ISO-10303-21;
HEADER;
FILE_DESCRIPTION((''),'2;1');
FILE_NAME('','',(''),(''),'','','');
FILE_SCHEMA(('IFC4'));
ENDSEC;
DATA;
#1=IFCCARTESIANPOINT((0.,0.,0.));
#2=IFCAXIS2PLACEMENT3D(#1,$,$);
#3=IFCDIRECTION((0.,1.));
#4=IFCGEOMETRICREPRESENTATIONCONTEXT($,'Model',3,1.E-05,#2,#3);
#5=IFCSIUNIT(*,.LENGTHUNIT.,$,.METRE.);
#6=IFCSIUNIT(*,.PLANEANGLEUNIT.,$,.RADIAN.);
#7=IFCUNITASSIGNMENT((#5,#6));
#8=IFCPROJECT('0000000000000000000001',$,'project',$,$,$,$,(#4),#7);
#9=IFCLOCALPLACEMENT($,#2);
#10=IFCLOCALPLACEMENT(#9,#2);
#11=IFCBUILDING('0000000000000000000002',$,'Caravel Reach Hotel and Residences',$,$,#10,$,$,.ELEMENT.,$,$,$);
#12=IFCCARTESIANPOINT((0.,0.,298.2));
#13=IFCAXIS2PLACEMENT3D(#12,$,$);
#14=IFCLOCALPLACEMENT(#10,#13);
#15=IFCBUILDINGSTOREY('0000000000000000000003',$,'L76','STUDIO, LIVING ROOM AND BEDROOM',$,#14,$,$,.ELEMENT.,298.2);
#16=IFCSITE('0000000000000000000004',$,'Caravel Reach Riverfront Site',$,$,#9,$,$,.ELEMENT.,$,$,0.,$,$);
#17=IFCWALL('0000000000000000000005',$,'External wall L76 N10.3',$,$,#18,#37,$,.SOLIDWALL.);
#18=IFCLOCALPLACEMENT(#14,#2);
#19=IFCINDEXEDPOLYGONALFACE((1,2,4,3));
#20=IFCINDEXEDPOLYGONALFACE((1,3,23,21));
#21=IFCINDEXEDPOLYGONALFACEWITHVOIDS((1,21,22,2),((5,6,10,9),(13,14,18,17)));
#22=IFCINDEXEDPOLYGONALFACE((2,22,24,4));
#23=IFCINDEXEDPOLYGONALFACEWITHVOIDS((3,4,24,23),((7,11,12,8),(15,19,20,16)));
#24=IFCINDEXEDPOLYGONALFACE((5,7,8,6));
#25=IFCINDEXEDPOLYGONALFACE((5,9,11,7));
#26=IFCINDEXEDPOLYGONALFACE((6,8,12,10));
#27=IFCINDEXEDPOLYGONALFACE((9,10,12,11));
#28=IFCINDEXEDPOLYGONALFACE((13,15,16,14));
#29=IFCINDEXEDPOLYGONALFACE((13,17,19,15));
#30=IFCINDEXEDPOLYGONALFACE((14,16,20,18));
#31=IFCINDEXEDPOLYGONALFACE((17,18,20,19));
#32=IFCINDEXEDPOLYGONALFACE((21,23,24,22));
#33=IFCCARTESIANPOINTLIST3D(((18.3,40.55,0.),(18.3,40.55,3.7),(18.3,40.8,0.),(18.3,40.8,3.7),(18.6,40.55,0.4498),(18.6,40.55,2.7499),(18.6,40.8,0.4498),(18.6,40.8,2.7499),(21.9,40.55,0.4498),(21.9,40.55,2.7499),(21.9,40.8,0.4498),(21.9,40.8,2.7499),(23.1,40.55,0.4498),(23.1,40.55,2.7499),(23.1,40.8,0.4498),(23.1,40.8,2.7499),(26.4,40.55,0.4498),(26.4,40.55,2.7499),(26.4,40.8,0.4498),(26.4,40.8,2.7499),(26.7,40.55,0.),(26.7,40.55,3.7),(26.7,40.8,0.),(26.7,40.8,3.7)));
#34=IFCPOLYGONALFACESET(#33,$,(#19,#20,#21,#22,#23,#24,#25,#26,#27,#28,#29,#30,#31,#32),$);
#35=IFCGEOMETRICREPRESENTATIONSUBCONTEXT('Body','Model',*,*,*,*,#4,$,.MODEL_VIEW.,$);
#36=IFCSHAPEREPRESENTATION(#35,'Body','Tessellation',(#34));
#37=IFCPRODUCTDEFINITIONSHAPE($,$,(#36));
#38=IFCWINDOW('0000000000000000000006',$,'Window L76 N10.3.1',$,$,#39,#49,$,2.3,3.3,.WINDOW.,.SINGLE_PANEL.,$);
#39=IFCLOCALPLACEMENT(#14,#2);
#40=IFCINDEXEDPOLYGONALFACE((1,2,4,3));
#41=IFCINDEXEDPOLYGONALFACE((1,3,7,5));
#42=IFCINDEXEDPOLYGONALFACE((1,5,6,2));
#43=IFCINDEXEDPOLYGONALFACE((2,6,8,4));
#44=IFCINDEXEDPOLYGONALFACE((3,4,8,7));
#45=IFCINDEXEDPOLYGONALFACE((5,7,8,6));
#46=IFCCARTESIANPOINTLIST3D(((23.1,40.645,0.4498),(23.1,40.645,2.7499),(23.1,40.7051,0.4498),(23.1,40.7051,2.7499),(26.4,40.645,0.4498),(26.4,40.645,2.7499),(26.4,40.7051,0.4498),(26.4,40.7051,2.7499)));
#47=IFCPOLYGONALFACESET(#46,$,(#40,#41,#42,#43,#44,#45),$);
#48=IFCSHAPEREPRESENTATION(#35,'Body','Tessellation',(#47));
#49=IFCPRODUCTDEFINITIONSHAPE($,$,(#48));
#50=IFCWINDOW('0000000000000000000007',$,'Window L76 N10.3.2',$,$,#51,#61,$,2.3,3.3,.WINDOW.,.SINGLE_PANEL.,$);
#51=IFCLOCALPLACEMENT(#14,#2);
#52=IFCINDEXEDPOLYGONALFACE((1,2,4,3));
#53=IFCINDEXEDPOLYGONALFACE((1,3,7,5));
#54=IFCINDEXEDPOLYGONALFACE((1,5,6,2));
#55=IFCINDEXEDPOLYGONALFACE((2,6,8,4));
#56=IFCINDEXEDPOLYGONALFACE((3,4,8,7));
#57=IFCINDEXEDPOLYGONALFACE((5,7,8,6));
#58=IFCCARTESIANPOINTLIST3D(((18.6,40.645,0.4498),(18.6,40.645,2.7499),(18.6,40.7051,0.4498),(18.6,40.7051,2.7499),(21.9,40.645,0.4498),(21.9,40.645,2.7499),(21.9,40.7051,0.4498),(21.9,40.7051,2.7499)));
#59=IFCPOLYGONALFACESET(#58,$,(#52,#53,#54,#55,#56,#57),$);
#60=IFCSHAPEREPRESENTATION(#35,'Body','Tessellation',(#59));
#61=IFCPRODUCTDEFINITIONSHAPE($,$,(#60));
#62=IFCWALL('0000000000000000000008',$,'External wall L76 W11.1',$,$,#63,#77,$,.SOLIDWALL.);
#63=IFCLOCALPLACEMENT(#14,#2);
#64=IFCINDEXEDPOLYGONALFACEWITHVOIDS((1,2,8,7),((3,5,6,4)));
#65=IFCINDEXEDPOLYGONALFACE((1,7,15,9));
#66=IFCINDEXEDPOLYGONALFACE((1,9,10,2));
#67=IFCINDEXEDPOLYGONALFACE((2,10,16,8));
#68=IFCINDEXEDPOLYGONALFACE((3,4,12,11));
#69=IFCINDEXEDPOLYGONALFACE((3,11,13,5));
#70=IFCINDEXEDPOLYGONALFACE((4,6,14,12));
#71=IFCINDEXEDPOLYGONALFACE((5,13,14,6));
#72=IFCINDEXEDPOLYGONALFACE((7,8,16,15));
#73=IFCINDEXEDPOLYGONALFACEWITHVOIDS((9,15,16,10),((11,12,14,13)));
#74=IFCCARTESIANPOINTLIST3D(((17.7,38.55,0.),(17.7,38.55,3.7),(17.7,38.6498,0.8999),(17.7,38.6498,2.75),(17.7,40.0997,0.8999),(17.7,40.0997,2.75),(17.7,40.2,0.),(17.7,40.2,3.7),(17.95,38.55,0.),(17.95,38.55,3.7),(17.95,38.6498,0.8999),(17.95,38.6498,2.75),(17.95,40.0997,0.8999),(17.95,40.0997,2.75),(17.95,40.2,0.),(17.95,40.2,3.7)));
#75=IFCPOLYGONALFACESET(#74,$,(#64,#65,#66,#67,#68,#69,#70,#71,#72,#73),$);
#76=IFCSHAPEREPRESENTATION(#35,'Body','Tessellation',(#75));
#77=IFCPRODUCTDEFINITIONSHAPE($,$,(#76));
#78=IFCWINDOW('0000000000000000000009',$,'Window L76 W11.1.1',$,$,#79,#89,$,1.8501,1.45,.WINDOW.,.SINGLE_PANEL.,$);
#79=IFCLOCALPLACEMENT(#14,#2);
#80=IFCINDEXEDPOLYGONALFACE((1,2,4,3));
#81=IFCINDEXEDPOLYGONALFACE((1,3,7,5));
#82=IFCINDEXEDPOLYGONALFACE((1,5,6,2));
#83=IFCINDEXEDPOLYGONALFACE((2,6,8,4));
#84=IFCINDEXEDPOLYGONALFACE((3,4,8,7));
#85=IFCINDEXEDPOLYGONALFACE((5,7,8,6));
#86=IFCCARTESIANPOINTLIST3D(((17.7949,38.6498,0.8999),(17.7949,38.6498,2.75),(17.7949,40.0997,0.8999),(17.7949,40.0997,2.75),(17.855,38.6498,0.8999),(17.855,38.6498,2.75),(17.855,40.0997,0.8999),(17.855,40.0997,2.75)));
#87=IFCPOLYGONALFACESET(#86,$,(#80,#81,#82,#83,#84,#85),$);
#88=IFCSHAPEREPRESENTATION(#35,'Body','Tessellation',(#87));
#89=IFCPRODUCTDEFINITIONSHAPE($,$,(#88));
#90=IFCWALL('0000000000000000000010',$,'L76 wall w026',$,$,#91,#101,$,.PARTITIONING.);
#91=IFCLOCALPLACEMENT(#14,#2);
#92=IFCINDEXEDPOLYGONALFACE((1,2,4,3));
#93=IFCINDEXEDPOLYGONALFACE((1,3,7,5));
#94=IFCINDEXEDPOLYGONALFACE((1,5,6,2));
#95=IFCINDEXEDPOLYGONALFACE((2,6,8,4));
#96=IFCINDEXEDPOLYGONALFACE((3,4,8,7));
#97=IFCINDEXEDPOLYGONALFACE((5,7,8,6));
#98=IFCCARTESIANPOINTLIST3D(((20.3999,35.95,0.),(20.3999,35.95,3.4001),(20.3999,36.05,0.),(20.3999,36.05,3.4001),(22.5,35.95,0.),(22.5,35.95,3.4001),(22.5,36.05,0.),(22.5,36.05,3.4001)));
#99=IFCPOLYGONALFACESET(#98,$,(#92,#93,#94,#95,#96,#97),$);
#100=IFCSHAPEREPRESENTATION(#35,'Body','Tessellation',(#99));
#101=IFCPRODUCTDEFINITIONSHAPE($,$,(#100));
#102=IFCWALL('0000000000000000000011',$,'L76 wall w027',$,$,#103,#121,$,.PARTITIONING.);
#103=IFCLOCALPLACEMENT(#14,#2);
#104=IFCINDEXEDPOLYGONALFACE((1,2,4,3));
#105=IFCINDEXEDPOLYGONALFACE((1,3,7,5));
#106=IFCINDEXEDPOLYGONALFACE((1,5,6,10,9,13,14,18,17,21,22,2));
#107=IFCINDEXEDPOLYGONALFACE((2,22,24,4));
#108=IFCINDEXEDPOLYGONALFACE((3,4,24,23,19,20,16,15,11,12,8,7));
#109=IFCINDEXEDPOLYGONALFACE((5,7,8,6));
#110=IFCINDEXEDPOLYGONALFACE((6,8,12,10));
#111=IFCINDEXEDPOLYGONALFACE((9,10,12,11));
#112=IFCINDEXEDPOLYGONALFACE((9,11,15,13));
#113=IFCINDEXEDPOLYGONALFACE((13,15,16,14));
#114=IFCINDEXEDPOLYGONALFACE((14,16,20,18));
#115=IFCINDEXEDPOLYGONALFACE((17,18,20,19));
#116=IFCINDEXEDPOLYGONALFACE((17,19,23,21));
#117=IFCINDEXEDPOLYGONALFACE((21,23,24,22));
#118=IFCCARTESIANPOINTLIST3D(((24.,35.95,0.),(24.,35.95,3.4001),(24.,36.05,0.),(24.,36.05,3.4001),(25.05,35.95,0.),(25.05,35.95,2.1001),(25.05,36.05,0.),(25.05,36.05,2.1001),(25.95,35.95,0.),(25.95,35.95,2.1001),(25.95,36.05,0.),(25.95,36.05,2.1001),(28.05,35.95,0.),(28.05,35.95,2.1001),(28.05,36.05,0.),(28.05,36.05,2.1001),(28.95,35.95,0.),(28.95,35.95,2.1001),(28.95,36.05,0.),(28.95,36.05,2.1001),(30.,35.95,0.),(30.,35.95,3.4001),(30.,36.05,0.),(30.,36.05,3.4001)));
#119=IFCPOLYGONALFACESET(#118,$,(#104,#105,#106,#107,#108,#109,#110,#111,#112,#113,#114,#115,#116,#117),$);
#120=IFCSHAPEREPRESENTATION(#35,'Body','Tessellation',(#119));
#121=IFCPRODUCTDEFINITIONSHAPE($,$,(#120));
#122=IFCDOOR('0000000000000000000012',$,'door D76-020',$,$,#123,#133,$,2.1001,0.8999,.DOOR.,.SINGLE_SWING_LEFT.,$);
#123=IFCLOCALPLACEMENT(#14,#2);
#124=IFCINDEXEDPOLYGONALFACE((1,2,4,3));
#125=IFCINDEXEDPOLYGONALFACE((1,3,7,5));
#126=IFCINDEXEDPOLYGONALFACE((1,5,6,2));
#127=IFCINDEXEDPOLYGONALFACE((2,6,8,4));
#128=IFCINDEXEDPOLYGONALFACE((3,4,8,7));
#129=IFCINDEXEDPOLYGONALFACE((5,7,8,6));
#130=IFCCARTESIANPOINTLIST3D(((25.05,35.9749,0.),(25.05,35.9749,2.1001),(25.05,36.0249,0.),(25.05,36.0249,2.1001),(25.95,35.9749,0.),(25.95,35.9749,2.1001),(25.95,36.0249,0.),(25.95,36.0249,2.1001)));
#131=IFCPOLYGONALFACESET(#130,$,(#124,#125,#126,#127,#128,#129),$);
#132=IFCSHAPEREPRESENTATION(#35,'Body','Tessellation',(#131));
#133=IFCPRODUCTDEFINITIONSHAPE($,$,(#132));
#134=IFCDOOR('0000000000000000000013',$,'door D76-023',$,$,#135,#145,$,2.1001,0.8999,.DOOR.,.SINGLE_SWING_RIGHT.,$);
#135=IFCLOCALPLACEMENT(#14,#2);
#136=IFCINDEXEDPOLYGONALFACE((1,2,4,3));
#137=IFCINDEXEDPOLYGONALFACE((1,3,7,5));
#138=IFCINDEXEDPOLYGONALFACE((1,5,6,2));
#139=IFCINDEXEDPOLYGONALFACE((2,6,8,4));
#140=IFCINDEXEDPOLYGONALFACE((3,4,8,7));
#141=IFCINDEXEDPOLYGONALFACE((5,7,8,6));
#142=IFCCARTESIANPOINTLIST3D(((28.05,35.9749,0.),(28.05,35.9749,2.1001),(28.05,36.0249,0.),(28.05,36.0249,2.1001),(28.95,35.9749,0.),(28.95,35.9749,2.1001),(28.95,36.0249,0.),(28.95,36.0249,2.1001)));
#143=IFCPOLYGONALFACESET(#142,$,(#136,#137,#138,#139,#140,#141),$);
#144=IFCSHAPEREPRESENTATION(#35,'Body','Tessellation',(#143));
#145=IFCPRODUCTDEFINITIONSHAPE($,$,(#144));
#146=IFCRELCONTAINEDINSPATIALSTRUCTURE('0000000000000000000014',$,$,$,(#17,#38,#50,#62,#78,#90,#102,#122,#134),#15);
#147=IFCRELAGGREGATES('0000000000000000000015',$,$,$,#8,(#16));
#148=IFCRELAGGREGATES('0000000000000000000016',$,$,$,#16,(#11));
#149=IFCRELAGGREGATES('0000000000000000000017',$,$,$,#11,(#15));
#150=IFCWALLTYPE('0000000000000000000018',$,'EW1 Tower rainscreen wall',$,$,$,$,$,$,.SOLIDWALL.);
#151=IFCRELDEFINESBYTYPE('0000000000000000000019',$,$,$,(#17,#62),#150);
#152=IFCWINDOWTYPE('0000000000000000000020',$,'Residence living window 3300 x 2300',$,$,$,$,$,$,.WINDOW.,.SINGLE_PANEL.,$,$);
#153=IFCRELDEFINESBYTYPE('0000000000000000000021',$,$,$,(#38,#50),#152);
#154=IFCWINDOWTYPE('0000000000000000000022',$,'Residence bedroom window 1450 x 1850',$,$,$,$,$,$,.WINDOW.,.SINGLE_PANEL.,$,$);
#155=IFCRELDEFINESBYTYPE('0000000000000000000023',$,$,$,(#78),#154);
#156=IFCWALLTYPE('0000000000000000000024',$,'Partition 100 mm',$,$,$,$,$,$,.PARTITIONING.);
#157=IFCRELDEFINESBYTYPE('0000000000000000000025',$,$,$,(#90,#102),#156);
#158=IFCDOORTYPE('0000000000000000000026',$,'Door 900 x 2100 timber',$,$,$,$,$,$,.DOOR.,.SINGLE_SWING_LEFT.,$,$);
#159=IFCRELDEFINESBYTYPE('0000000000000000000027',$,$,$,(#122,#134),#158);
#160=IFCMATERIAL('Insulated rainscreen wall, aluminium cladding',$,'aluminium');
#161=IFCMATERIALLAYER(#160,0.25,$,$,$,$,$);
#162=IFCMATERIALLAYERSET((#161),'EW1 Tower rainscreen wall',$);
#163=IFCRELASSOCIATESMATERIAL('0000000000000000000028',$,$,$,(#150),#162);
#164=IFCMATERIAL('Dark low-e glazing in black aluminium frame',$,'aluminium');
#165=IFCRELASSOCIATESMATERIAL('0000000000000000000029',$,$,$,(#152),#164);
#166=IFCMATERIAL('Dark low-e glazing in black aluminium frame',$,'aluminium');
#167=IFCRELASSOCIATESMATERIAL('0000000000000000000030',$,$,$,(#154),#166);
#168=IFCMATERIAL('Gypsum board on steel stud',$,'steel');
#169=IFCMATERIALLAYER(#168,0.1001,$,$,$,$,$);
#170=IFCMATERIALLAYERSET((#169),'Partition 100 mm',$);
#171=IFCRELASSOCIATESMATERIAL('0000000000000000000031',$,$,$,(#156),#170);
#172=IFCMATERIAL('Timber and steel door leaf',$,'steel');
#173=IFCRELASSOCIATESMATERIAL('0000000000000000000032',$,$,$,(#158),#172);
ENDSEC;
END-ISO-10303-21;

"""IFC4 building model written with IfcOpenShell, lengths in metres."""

from ifc_helpers import new_model, si_unit, direction, frame, frame_2d, origin, place, context, subcontext, project, spatial, rectangle, extrude, material, layer, layer_set, type_object, element, fill, save


model = new_model("IFC4")

# Units and contexts
model_context = context("Model", 3, precision=1e-05, world=origin(), true_north=direction((0.0, 1.0)))
body_context = subcontext(model_context, "Body", "Model", "MODEL_VIEW")
ifc_project = project(units=[si_unit("LENGTHUNIT", "METRE"), si_unit("PLANEANGLEUNIT", "RADIAN")], contexts=[model_context])

# Site, building, storey
site_placement = place(None, origin())
site = spatial("IfcSite", under=ifc_project, at=site_placement, Name="Caravel Reach Riverfront Site", CompositionType="ELEMENT", RefElevation=0.0)
building_placement = place(site_placement, origin())
building = spatial("IfcBuilding", under=site, at=building_placement, Name="Caravel Reach Hotel and Residences", CompositionType="ELEMENT")
storey_placement = place(building_placement, frame((0.0, 0.0, 298.2)))
storey = spatial("IfcBuildingStorey", under=building, at=storey_placement, Name="L76", Description="STUDIO, LIVING ROOM AND BEDROOM", CompositionType="ELEMENT", Elevation=298.2)

# Wall, openings, windows
ifc_material_1 = material(Name="Insulated rainscreen wall, aluminium cladding", Category="aluminium")
ifc_layer_1 = layer(ifc_material_1, 0.25)
ifc_layer_set_1 = layer_set([ifc_layer_1], Name="EW1 Tower rainscreen wall")
wall_type_1 = type_object("IfcWallType", Name="EW1 Tower rainscreen wall", PredefinedType="SOLIDWALL", material=ifc_layer_set_1)
wall_1_placement = place(storey_placement, frame((26.7, 40.675, 0.0), z_axis=(0.0, 0.0, 1.0), x_axis=(-1.0, 0.0, 0.0)))
wall_1 = element("IfcWall", 1, at=wall_1_placement, inside=storey, type_object=wall_type_1, Name="External wall L76 N10.3", PredefinedType="SOLIDWALL", context=body_context, shape_type="SweptSolid", body=[
    extrude(rectangle(XDim=8.3999, YDim=0.25, at=frame_2d((4.2, 0.0))), origin(), (0.0, 0.0, 1.0), 3.7),
])
opening_1_placement = place(wall_1_placement, frame((0.3, 0.0, 0.45)))
opening_1 = element("IfcOpeningElement", 2, at=opening_1_placement, cuts=wall_1, PredefinedType="OPENING", context=body_context, shape_type="SweptSolid", body=[
    extrude(rectangle(XDim=3.3, YDim=2.3, at=frame_2d((1.6499, 1.1499))), frame((0.0, 0.135, 0.0), z_axis=(0.0, -1.0, 0.0), x_axis=(1.0, 0.0, 0.0)), (0.0, 0.0, 1.0), 0.27),
])
opening_2_placement = place(wall_1_placement, frame((4.8, 0.0, 0.45)))
opening_2 = element("IfcOpeningElement", 3, at=opening_2_placement, cuts=wall_1, PredefinedType="OPENING", context=body_context, shape_type="SweptSolid", body=[
    extrude(rectangle(XDim=3.3, YDim=2.3, at=frame_2d((1.6499, 1.1499))), frame((0.0, 0.135, 0.0), z_axis=(0.0, -1.0, 0.0), x_axis=(1.0, 0.0, 0.0)), (0.0, 0.0, 1.0), 0.27),
])
ifc_material_2 = material(Name="Dark low-e glazing in black aluminium frame", Category="aluminium")
window_type_1 = type_object("IfcWindowType", Name="Residence living window 3300 x 2300", PartitioningType="SINGLE_PANEL", PredefinedType="WINDOW", material=ifc_material_2)
window_1_placement = place(opening_1_placement, origin())
window_1 = element("IfcWindow", 4, at=window_1_placement, inside=storey, type_object=window_type_1, Name="Window L76 N10.3.1", OverallHeight=2.3, OverallWidth=3.3, PartitioningType="SINGLE_PANEL", PredefinedType="WINDOW", context=body_context, shape_type="SweptSolid", body=[
    extrude(rectangle(XDim=3.3, YDim=2.3, at=frame_2d((1.6499, 1.1499))), frame((0.0, 0.03, 0.0), z_axis=(0.0, -1.0, 0.0), x_axis=(1.0, 0.0, 0.0)), (0.0, 0.0, 1.0), 0.0601),
])
fill(opening_1, window_1)
window_2_placement = place(opening_2_placement, origin())
window_2 = element("IfcWindow", 5, at=window_2_placement, inside=storey, type_object=window_type_1, Name="Window L76 N10.3.2", OverallHeight=2.3, OverallWidth=3.3, PartitioningType="SINGLE_PANEL", PredefinedType="WINDOW", context=body_context, shape_type="SweptSolid", body=[
    extrude(rectangle(XDim=3.3, YDim=2.3, at=frame_2d((1.6499, 1.1499))), frame((0.0, 0.03, 0.0), z_axis=(0.0, -1.0, 0.0), x_axis=(1.0, 0.0, 0.0)), (0.0, 0.0, 1.0), 0.0601),
])
fill(opening_2, window_2)

# Wall, opening, window
wall_2_placement = place(storey_placement, frame((17.825, 40.2, 0.0), z_axis=(0.0, 0.0, 1.0), x_axis=(0.0, -1.0, 0.0)))
wall_2 = element("IfcWall", 6, at=wall_2_placement, inside=storey, type_object=wall_type_1, Name="External wall L76 W11.1", PredefinedType="SOLIDWALL", context=body_context, shape_type="SweptSolid", body=[
    extrude(rectangle(XDim=1.6499, YDim=0.25, at=frame_2d((0.825, 0.0))), origin(), (0.0, 0.0, 1.0), 3.7),
])
opening_3_placement = place(wall_2_placement, frame((0.1001, 0.0, 0.8999)))
opening_3 = element("IfcOpeningElement", 7, at=opening_3_placement, cuts=wall_2, PredefinedType="OPENING", context=body_context, shape_type="SweptSolid", body=[
    extrude(rectangle(XDim=1.45, YDim=1.8501, at=frame_2d((0.7251, 0.925))), frame((0.0, 0.135, 0.0), z_axis=(0.0, -1.0, 0.0), x_axis=(1.0, 0.0, 0.0)), (0.0, 0.0, 1.0), 0.27),
])
ifc_material_3 = material(Name="Dark low-e glazing in black aluminium frame", Category="aluminium")
window_type_2 = type_object("IfcWindowType", Name="Residence bedroom window 1450 x 1850", PartitioningType="SINGLE_PANEL", PredefinedType="WINDOW", material=ifc_material_3)
window_3_placement = place(opening_3_placement, origin())
window_3 = element("IfcWindow", 8, at=window_3_placement, inside=storey, type_object=window_type_2, Name="Window L76 W11.1.1", OverallHeight=1.8501, OverallWidth=1.45, PartitioningType="SINGLE_PANEL", PredefinedType="WINDOW", context=body_context, shape_type="SweptSolid", body=[
    extrude(rectangle(XDim=1.45, YDim=1.8501, at=frame_2d((0.7251, 0.925))), frame((0.0, 0.03, 0.0), z_axis=(0.0, -1.0, 0.0), x_axis=(1.0, 0.0, 0.0)), (0.0, 0.0, 1.0), 0.0601),
])
fill(opening_3, window_3)

# Wall
ifc_material_4 = material(Name="Gypsum board on steel stud", Category="steel")
ifc_layer_2 = layer(ifc_material_4, 0.1001)
ifc_layer_set_2 = layer_set([ifc_layer_2], Name="Partition 100 mm")
wall_type_2 = type_object("IfcWallType", Name="Partition 100 mm", PredefinedType="PARTITIONING", material=ifc_layer_set_2)
wall_3_placement = place(storey_placement, frame((20.3999, 36.0, 0.0), z_axis=(0.0, 0.0, 1.0), x_axis=(1.0, 0.0, 0.0)))
element("IfcWall", 9, at=wall_3_placement, inside=storey, type_object=wall_type_2, Name="L76 wall w026", PredefinedType="PARTITIONING", context=body_context, shape_type="SweptSolid", body=[
    extrude(rectangle(XDim=2.1001, YDim=0.1001, at=frame_2d((1.05, 0.0))), origin(), (0.0, 0.0, 1.0), 3.4001),
])

# Wall, openings, doors
wall_4_placement = place(storey_placement, frame((24.0, 36.0, 0.0), z_axis=(0.0, 0.0, 1.0), x_axis=(1.0, 0.0, 0.0)))
wall_4 = element("IfcWall", 10, at=wall_4_placement, inside=storey, type_object=wall_type_2, Name="L76 wall w027", PredefinedType="PARTITIONING", context=body_context, shape_type="SweptSolid", body=[
    extrude(rectangle(XDim=6.0, YDim=0.1001, at=frame_2d((3.0, 0.0))), origin(), (0.0, 0.0, 1.0), 3.4001),
])
opening_4_placement = place(wall_4_placement, frame((1.05, 0.0, 0.0)))
opening_4 = element("IfcOpeningElement", 11, at=opening_4_placement, cuts=wall_4, PredefinedType="OPENING", context=body_context, shape_type="SweptSolid", body=[
    extrude(rectangle(XDim=0.8999, YDim=2.1001, at=frame_2d((0.45, 1.05))), frame((0.0, 0.0601, 0.0), z_axis=(0.0, -1.0, 0.0), x_axis=(1.0, 0.0, 0.0)), (0.0, 0.0, 1.0), 0.1201),
])
opening_5_placement = place(wall_4_placement, frame((4.05, 0.0, 0.0)))
opening_5 = element("IfcOpeningElement", 12, at=opening_5_placement, cuts=wall_4, PredefinedType="OPENING", context=body_context, shape_type="SweptSolid", body=[
    extrude(rectangle(XDim=0.8999, YDim=2.1001, at=frame_2d((0.45, 1.05))), frame((0.0, 0.0601, 0.0), z_axis=(0.0, -1.0, 0.0), x_axis=(1.0, 0.0, 0.0)), (0.0, 0.0, 1.0), 0.1201),
])
ifc_material_5 = material(Name="Timber and steel door leaf", Category="steel")
door_type = type_object("IfcDoorType", Name="Door 900 x 2100 timber", OperationType="SINGLE_SWING_LEFT", PredefinedType="DOOR", material=ifc_material_5)
door_1_placement = place(opening_4_placement, origin())
door_1 = element("IfcDoor", 13, at=door_1_placement, inside=storey, type_object=door_type, Name="door D76-020", OperationType="SINGLE_SWING_LEFT", OverallHeight=2.1001, OverallWidth=0.8999, PredefinedType="DOOR", context=body_context, shape_type="SweptSolid", body=[
    extrude(rectangle(XDim=0.8999, YDim=2.1001, at=frame_2d((0.45, 1.05))), frame((0.0, 0.0249, 0.0), z_axis=(0.0, -1.0, 0.0), x_axis=(1.0, 0.0, 0.0)), (0.0, 0.0, 1.0), 0.05),
])
fill(opening_4, door_1)
door_2_placement = place(opening_5_placement, origin())
door_2 = element("IfcDoor", 14, at=door_2_placement, inside=storey, type_object=door_type, Name="door D76-023", OperationType="SINGLE_SWING_RIGHT", OverallHeight=2.1001, OverallWidth=0.8999, PredefinedType="DOOR", context=body_context, shape_type="SweptSolid", body=[
    extrude(rectangle(XDim=0.8999, YDim=2.1001, at=frame_2d((0.45, 1.05))), frame((0.0, 0.0249, 0.0), z_axis=(0.0, -1.0, 0.0), x_axis=(1.0, 0.0, 0.0)), (0.0, 0.0, 1.0), 0.05),
])
fill(opening_5, door_2)

save(model, "model.ifc")
